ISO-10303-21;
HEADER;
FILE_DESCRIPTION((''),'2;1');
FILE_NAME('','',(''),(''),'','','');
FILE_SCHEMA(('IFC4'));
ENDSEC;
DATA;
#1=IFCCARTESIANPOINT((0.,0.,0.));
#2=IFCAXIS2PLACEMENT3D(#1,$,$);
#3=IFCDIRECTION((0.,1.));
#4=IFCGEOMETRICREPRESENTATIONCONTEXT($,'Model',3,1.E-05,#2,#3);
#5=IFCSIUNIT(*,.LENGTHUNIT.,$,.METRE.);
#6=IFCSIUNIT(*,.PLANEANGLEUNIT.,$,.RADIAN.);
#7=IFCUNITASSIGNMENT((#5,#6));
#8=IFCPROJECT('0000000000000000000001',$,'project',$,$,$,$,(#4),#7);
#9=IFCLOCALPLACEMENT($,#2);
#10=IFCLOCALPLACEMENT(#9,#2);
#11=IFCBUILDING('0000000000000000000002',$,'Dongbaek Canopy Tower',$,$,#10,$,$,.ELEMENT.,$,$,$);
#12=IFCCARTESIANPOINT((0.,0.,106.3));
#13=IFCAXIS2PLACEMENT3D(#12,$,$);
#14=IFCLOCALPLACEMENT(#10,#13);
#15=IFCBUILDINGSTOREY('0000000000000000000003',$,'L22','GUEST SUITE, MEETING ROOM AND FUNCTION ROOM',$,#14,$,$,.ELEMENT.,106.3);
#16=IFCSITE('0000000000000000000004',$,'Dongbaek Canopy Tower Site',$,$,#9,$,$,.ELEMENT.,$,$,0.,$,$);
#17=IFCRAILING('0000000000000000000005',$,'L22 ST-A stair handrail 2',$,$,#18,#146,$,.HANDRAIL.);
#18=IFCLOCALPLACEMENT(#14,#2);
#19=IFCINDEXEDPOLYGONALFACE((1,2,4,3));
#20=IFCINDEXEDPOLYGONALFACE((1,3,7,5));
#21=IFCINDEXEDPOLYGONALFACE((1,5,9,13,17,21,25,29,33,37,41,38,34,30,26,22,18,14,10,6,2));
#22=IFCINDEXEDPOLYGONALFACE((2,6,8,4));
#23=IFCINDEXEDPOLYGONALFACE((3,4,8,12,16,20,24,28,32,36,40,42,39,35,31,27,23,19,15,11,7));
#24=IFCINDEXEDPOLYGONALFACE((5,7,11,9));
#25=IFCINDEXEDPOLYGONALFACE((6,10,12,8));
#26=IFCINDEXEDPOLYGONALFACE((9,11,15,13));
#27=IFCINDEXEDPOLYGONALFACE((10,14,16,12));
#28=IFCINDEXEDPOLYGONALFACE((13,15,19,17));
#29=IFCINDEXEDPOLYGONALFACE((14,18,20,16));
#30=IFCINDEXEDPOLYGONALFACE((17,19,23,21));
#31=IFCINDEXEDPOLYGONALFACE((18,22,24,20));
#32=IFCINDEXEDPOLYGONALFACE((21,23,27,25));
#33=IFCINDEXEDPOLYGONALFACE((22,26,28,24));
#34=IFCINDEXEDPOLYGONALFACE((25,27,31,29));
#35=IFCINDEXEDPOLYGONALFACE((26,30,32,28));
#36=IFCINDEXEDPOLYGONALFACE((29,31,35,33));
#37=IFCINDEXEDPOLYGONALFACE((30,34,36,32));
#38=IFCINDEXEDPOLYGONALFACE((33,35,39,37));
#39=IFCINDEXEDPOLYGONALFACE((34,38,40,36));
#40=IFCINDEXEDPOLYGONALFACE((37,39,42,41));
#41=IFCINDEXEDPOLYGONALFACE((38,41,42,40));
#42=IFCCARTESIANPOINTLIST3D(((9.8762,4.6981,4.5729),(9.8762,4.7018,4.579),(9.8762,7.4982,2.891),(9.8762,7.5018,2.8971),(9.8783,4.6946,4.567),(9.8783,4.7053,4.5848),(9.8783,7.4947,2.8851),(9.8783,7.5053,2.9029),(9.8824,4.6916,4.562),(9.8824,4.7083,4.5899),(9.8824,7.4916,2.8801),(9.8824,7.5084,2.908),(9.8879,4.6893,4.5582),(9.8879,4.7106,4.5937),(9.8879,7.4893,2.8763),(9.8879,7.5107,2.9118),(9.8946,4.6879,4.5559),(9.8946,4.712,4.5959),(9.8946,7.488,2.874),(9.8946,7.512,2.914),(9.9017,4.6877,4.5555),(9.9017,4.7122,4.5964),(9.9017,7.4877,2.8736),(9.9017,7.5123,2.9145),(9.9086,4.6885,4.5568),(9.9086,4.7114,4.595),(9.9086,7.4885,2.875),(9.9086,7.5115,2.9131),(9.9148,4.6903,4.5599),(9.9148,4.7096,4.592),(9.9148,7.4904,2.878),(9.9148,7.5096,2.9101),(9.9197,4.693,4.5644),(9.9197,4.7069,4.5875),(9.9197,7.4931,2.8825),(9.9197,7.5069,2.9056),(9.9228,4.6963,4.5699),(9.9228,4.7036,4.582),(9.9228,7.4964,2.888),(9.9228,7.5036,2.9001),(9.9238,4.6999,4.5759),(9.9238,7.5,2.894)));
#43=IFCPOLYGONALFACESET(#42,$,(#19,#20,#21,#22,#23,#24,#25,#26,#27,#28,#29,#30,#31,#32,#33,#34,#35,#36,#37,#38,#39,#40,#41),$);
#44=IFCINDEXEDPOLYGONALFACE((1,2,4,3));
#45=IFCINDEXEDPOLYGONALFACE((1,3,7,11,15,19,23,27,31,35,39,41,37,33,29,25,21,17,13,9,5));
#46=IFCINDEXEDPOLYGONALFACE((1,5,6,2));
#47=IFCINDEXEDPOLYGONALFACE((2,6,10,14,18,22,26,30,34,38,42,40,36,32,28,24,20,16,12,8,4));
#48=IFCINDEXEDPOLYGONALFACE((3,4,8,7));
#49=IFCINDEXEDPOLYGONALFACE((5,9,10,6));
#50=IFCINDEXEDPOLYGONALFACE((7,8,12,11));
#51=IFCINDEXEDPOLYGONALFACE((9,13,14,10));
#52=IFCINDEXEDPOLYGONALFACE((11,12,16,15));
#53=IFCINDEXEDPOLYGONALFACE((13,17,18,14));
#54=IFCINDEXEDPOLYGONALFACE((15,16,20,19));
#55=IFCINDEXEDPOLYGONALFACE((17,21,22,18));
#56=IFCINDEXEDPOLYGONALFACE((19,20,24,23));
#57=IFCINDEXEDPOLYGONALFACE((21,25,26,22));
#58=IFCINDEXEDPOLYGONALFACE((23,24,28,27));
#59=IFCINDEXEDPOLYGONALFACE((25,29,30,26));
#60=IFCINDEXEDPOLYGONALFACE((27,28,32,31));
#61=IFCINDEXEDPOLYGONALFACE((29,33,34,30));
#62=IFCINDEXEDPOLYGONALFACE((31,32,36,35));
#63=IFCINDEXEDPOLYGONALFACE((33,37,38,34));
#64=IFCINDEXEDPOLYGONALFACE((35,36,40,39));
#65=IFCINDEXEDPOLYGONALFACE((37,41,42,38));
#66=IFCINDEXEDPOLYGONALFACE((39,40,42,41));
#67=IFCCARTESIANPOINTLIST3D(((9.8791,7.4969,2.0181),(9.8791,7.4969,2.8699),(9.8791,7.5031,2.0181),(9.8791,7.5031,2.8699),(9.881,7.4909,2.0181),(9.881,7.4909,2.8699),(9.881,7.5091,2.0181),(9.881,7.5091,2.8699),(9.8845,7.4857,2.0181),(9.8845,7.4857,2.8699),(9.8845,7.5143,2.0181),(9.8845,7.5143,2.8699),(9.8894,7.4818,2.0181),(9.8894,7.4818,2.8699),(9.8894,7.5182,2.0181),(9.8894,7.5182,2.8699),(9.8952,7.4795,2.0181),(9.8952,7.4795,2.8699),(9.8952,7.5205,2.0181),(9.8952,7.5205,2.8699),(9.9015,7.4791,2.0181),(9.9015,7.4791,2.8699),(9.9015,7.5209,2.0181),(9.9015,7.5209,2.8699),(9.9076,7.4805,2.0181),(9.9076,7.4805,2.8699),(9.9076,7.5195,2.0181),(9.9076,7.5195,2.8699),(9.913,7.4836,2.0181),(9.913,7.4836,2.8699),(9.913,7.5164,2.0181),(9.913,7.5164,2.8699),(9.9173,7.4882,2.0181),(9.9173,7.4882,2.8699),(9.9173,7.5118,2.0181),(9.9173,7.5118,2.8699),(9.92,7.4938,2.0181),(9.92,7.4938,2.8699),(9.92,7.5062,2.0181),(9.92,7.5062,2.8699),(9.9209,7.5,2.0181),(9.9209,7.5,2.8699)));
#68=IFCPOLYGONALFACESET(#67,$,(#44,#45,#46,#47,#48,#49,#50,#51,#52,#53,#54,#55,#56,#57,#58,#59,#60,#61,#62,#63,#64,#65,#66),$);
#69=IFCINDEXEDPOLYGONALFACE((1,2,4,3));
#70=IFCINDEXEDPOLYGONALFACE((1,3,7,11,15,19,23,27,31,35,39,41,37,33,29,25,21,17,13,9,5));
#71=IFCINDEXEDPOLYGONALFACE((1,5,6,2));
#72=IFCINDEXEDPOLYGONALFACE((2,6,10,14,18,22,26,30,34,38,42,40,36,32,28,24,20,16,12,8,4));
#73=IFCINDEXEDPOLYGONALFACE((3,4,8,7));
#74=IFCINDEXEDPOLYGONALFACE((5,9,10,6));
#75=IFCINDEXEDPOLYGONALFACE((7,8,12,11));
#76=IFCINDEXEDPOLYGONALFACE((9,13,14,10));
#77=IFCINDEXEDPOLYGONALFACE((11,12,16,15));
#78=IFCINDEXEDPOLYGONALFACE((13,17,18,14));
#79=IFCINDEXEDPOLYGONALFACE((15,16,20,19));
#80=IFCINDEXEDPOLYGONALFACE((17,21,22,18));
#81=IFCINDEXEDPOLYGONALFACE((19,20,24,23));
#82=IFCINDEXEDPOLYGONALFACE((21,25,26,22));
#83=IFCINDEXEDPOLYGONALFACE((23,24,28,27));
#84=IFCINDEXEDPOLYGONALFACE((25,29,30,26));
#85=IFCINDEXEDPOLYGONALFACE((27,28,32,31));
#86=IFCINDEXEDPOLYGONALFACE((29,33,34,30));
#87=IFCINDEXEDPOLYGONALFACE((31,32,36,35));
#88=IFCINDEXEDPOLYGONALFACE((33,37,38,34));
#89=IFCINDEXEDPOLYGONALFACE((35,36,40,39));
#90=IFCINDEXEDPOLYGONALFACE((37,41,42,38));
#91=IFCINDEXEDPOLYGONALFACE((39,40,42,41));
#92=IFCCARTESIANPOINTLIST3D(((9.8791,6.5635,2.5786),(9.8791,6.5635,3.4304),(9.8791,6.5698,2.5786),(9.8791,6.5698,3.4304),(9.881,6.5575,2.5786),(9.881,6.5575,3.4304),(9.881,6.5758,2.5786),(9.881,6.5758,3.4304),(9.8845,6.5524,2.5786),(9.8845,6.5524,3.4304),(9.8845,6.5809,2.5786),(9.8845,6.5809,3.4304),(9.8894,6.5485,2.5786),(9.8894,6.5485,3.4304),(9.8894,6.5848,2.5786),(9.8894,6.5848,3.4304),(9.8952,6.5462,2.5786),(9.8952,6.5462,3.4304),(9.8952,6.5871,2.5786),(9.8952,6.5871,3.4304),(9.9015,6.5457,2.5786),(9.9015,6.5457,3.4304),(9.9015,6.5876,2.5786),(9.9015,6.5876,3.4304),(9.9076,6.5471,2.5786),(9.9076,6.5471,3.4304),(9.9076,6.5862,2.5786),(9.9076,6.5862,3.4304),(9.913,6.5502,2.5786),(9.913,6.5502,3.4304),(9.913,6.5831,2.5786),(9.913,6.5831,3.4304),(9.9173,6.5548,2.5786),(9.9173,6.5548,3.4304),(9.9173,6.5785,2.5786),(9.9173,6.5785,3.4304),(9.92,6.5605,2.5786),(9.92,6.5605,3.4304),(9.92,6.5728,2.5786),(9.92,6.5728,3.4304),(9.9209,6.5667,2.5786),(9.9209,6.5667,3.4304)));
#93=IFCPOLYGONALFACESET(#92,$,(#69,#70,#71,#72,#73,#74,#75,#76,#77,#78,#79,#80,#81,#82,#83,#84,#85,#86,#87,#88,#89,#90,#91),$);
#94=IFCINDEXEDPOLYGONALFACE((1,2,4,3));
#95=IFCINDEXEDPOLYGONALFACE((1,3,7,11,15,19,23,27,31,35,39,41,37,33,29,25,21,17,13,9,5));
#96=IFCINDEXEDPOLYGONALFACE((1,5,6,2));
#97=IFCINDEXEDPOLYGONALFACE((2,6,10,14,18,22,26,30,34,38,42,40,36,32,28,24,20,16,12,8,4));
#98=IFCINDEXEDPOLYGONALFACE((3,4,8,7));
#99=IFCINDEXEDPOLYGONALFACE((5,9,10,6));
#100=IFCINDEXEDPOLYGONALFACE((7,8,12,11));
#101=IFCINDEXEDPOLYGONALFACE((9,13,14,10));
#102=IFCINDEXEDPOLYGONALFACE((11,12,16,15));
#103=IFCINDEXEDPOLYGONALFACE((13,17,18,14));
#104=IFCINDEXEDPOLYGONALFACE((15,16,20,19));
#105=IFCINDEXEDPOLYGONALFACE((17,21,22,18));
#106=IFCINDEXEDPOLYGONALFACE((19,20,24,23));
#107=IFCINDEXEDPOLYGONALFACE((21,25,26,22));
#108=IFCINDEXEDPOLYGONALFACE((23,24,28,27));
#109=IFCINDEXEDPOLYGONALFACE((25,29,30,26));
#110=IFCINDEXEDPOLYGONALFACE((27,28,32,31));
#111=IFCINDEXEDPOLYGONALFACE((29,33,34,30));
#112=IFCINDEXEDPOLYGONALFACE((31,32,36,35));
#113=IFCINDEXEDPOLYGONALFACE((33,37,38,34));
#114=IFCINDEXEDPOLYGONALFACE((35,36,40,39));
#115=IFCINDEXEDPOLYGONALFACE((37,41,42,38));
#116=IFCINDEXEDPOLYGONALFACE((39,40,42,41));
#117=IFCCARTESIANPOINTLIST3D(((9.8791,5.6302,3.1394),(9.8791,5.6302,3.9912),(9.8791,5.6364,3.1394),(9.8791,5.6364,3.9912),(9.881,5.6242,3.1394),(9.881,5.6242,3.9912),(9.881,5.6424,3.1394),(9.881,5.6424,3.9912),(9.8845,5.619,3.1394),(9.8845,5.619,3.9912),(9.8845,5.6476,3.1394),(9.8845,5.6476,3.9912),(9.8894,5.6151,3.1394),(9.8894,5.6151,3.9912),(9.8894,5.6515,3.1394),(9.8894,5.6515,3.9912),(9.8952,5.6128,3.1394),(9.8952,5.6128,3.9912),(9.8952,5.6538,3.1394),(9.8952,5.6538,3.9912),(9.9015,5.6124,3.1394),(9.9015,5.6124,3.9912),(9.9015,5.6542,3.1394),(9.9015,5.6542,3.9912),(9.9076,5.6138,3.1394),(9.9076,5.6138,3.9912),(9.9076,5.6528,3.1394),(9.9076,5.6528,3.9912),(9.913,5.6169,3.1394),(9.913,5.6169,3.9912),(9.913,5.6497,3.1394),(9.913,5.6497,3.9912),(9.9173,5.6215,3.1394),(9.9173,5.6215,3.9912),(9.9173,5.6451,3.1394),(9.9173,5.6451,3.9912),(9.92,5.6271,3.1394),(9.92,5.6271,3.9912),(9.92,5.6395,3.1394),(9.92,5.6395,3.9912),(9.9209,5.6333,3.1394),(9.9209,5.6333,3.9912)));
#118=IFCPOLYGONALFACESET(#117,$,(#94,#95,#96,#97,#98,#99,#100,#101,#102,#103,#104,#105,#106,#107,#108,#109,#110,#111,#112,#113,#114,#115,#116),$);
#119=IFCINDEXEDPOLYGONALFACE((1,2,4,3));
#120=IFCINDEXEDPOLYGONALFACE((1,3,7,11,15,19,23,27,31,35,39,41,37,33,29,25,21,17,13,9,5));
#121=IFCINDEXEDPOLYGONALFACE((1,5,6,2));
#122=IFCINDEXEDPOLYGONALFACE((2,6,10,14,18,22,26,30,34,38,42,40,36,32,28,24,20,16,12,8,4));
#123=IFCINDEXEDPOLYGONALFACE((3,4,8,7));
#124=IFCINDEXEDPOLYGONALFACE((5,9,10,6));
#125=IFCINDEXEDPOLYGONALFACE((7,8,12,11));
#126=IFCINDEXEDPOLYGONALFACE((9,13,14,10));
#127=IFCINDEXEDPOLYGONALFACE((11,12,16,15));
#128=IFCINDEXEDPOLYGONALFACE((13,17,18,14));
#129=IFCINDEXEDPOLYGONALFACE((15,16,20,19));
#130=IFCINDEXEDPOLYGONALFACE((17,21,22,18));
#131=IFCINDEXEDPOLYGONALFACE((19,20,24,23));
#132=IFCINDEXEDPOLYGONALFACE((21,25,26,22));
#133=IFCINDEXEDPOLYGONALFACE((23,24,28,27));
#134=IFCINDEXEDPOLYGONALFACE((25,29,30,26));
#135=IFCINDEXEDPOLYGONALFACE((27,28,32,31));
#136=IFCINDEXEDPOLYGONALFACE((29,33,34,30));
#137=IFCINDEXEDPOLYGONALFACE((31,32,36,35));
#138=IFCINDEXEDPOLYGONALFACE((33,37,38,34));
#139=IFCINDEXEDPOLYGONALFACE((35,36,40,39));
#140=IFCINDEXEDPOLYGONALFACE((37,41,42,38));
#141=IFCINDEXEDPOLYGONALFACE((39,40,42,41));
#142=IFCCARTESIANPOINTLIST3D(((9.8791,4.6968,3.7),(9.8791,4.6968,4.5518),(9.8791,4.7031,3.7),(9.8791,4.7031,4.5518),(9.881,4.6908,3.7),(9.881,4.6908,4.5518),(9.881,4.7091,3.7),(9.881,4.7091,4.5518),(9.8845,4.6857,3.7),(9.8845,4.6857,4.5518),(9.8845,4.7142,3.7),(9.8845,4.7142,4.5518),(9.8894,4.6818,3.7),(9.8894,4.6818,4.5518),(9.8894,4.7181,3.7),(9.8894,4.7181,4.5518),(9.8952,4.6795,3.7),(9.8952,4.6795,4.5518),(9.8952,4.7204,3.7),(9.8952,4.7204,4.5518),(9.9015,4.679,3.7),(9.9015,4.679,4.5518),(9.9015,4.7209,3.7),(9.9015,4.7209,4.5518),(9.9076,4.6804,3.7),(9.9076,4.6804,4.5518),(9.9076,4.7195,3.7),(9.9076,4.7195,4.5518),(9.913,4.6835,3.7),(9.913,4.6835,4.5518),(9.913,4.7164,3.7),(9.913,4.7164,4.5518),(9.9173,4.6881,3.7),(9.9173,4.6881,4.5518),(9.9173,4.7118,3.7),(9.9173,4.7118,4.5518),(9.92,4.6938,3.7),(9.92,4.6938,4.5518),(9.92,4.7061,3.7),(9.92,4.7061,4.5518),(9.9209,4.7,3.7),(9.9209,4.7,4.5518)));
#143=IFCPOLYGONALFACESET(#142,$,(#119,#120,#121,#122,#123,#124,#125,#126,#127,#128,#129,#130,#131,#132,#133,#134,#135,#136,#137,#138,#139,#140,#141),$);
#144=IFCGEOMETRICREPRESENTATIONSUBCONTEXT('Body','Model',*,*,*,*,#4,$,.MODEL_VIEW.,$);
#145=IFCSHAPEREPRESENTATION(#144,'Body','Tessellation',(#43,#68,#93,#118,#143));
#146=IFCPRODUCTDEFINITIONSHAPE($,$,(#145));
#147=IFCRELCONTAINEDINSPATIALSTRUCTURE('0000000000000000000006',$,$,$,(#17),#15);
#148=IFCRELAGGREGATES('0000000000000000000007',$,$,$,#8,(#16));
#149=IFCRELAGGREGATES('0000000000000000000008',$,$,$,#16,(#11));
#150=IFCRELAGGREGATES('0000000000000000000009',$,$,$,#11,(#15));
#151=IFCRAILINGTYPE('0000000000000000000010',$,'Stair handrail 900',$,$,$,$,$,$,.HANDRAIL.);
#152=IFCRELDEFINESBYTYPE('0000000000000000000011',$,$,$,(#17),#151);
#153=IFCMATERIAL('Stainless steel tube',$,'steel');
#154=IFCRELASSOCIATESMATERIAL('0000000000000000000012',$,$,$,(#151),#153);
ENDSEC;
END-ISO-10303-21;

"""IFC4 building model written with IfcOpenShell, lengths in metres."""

from ifc_helpers import new_model, si_unit, direction, frame, origin, origin_2d, place, context, subcontext, project, spatial, circle, extrude, material, type_object, element, save


model = new_model("IFC4")

# Units and contexts
model_context = context("Model", 3, precision=1e-05, world=origin(), true_north=direction((0.0, 1.0)))
body_context = subcontext(model_context, "Body", "Model", "MODEL_VIEW")
ifc_project = project(units=[si_unit("LENGTHUNIT", "METRE"), si_unit("PLANEANGLEUNIT", "RADIAN")], contexts=[model_context])

# Site, building, storey
site_placement = place(None, origin())
site = spatial("IfcSite", under=ifc_project, at=site_placement, Name="Dongbaek Canopy Tower Site", CompositionType="ELEMENT", RefElevation=0.0)
building_placement = place(site_placement, origin())
building = spatial("IfcBuilding", under=site, at=building_placement, Name="Dongbaek Canopy Tower", CompositionType="ELEMENT")
storey_placement = place(building_placement, frame((0.0, 0.0, 106.3)))
storey = spatial("IfcBuildingStorey", under=building, at=storey_placement, Name="L22", Description="GUEST SUITE, MEETING ROOM AND FUNCTION ROOM", CompositionType="ELEMENT", Elevation=106.3)

# Railing
ifc_material_1 = material(Name="Stainless steel tube", Category="steel")
railing_type_1 = type_object("IfcRailingType", Name="Stair handrail 900", PredefinedType="HANDRAIL", material=ifc_material_1)
railing_1_placement = place(storey_placement, frame((9.8999, 7.5, 2.0181)))
element("IfcRailing", 1, at=railing_1_placement, inside=storey, type_object=railing_type_1, Name="L22 ST-A stair handrail 2", PredefinedType="HANDRAIL", context=body_context, shape_type="SweptSolid", body=[
    extrude(circle(Radius=0.0239, at=origin_2d()), frame((0.0, 0.0, 0.876), z_axis=(0.0, -0.857242, 0.514913), x_axis=(1.0, 0.0, 0.0)), (0.0, 0.0, 1.0), 3.2664),
    extrude(circle(Radius=0.021, at=origin_2d()), origin(), (0.0, 0.0, 1.0), 0.8518),
    extrude(circle(Radius=0.021, at=origin_2d()), frame((0.0, -0.9333, 0.5605)), (0.0, 0.0, 1.0), 0.8518),
    extrude(circle(Radius=0.021, at=origin_2d()), frame((0.0, -1.8667, 1.1213)), (0.0, 0.0, 1.0), 0.8518),
    extrude(circle(Radius=0.021, at=origin_2d()), frame((0.0, -2.8, 1.6819)), (0.0, 0.0, 1.0), 0.8518),
])

save(model, "model.ifc")
